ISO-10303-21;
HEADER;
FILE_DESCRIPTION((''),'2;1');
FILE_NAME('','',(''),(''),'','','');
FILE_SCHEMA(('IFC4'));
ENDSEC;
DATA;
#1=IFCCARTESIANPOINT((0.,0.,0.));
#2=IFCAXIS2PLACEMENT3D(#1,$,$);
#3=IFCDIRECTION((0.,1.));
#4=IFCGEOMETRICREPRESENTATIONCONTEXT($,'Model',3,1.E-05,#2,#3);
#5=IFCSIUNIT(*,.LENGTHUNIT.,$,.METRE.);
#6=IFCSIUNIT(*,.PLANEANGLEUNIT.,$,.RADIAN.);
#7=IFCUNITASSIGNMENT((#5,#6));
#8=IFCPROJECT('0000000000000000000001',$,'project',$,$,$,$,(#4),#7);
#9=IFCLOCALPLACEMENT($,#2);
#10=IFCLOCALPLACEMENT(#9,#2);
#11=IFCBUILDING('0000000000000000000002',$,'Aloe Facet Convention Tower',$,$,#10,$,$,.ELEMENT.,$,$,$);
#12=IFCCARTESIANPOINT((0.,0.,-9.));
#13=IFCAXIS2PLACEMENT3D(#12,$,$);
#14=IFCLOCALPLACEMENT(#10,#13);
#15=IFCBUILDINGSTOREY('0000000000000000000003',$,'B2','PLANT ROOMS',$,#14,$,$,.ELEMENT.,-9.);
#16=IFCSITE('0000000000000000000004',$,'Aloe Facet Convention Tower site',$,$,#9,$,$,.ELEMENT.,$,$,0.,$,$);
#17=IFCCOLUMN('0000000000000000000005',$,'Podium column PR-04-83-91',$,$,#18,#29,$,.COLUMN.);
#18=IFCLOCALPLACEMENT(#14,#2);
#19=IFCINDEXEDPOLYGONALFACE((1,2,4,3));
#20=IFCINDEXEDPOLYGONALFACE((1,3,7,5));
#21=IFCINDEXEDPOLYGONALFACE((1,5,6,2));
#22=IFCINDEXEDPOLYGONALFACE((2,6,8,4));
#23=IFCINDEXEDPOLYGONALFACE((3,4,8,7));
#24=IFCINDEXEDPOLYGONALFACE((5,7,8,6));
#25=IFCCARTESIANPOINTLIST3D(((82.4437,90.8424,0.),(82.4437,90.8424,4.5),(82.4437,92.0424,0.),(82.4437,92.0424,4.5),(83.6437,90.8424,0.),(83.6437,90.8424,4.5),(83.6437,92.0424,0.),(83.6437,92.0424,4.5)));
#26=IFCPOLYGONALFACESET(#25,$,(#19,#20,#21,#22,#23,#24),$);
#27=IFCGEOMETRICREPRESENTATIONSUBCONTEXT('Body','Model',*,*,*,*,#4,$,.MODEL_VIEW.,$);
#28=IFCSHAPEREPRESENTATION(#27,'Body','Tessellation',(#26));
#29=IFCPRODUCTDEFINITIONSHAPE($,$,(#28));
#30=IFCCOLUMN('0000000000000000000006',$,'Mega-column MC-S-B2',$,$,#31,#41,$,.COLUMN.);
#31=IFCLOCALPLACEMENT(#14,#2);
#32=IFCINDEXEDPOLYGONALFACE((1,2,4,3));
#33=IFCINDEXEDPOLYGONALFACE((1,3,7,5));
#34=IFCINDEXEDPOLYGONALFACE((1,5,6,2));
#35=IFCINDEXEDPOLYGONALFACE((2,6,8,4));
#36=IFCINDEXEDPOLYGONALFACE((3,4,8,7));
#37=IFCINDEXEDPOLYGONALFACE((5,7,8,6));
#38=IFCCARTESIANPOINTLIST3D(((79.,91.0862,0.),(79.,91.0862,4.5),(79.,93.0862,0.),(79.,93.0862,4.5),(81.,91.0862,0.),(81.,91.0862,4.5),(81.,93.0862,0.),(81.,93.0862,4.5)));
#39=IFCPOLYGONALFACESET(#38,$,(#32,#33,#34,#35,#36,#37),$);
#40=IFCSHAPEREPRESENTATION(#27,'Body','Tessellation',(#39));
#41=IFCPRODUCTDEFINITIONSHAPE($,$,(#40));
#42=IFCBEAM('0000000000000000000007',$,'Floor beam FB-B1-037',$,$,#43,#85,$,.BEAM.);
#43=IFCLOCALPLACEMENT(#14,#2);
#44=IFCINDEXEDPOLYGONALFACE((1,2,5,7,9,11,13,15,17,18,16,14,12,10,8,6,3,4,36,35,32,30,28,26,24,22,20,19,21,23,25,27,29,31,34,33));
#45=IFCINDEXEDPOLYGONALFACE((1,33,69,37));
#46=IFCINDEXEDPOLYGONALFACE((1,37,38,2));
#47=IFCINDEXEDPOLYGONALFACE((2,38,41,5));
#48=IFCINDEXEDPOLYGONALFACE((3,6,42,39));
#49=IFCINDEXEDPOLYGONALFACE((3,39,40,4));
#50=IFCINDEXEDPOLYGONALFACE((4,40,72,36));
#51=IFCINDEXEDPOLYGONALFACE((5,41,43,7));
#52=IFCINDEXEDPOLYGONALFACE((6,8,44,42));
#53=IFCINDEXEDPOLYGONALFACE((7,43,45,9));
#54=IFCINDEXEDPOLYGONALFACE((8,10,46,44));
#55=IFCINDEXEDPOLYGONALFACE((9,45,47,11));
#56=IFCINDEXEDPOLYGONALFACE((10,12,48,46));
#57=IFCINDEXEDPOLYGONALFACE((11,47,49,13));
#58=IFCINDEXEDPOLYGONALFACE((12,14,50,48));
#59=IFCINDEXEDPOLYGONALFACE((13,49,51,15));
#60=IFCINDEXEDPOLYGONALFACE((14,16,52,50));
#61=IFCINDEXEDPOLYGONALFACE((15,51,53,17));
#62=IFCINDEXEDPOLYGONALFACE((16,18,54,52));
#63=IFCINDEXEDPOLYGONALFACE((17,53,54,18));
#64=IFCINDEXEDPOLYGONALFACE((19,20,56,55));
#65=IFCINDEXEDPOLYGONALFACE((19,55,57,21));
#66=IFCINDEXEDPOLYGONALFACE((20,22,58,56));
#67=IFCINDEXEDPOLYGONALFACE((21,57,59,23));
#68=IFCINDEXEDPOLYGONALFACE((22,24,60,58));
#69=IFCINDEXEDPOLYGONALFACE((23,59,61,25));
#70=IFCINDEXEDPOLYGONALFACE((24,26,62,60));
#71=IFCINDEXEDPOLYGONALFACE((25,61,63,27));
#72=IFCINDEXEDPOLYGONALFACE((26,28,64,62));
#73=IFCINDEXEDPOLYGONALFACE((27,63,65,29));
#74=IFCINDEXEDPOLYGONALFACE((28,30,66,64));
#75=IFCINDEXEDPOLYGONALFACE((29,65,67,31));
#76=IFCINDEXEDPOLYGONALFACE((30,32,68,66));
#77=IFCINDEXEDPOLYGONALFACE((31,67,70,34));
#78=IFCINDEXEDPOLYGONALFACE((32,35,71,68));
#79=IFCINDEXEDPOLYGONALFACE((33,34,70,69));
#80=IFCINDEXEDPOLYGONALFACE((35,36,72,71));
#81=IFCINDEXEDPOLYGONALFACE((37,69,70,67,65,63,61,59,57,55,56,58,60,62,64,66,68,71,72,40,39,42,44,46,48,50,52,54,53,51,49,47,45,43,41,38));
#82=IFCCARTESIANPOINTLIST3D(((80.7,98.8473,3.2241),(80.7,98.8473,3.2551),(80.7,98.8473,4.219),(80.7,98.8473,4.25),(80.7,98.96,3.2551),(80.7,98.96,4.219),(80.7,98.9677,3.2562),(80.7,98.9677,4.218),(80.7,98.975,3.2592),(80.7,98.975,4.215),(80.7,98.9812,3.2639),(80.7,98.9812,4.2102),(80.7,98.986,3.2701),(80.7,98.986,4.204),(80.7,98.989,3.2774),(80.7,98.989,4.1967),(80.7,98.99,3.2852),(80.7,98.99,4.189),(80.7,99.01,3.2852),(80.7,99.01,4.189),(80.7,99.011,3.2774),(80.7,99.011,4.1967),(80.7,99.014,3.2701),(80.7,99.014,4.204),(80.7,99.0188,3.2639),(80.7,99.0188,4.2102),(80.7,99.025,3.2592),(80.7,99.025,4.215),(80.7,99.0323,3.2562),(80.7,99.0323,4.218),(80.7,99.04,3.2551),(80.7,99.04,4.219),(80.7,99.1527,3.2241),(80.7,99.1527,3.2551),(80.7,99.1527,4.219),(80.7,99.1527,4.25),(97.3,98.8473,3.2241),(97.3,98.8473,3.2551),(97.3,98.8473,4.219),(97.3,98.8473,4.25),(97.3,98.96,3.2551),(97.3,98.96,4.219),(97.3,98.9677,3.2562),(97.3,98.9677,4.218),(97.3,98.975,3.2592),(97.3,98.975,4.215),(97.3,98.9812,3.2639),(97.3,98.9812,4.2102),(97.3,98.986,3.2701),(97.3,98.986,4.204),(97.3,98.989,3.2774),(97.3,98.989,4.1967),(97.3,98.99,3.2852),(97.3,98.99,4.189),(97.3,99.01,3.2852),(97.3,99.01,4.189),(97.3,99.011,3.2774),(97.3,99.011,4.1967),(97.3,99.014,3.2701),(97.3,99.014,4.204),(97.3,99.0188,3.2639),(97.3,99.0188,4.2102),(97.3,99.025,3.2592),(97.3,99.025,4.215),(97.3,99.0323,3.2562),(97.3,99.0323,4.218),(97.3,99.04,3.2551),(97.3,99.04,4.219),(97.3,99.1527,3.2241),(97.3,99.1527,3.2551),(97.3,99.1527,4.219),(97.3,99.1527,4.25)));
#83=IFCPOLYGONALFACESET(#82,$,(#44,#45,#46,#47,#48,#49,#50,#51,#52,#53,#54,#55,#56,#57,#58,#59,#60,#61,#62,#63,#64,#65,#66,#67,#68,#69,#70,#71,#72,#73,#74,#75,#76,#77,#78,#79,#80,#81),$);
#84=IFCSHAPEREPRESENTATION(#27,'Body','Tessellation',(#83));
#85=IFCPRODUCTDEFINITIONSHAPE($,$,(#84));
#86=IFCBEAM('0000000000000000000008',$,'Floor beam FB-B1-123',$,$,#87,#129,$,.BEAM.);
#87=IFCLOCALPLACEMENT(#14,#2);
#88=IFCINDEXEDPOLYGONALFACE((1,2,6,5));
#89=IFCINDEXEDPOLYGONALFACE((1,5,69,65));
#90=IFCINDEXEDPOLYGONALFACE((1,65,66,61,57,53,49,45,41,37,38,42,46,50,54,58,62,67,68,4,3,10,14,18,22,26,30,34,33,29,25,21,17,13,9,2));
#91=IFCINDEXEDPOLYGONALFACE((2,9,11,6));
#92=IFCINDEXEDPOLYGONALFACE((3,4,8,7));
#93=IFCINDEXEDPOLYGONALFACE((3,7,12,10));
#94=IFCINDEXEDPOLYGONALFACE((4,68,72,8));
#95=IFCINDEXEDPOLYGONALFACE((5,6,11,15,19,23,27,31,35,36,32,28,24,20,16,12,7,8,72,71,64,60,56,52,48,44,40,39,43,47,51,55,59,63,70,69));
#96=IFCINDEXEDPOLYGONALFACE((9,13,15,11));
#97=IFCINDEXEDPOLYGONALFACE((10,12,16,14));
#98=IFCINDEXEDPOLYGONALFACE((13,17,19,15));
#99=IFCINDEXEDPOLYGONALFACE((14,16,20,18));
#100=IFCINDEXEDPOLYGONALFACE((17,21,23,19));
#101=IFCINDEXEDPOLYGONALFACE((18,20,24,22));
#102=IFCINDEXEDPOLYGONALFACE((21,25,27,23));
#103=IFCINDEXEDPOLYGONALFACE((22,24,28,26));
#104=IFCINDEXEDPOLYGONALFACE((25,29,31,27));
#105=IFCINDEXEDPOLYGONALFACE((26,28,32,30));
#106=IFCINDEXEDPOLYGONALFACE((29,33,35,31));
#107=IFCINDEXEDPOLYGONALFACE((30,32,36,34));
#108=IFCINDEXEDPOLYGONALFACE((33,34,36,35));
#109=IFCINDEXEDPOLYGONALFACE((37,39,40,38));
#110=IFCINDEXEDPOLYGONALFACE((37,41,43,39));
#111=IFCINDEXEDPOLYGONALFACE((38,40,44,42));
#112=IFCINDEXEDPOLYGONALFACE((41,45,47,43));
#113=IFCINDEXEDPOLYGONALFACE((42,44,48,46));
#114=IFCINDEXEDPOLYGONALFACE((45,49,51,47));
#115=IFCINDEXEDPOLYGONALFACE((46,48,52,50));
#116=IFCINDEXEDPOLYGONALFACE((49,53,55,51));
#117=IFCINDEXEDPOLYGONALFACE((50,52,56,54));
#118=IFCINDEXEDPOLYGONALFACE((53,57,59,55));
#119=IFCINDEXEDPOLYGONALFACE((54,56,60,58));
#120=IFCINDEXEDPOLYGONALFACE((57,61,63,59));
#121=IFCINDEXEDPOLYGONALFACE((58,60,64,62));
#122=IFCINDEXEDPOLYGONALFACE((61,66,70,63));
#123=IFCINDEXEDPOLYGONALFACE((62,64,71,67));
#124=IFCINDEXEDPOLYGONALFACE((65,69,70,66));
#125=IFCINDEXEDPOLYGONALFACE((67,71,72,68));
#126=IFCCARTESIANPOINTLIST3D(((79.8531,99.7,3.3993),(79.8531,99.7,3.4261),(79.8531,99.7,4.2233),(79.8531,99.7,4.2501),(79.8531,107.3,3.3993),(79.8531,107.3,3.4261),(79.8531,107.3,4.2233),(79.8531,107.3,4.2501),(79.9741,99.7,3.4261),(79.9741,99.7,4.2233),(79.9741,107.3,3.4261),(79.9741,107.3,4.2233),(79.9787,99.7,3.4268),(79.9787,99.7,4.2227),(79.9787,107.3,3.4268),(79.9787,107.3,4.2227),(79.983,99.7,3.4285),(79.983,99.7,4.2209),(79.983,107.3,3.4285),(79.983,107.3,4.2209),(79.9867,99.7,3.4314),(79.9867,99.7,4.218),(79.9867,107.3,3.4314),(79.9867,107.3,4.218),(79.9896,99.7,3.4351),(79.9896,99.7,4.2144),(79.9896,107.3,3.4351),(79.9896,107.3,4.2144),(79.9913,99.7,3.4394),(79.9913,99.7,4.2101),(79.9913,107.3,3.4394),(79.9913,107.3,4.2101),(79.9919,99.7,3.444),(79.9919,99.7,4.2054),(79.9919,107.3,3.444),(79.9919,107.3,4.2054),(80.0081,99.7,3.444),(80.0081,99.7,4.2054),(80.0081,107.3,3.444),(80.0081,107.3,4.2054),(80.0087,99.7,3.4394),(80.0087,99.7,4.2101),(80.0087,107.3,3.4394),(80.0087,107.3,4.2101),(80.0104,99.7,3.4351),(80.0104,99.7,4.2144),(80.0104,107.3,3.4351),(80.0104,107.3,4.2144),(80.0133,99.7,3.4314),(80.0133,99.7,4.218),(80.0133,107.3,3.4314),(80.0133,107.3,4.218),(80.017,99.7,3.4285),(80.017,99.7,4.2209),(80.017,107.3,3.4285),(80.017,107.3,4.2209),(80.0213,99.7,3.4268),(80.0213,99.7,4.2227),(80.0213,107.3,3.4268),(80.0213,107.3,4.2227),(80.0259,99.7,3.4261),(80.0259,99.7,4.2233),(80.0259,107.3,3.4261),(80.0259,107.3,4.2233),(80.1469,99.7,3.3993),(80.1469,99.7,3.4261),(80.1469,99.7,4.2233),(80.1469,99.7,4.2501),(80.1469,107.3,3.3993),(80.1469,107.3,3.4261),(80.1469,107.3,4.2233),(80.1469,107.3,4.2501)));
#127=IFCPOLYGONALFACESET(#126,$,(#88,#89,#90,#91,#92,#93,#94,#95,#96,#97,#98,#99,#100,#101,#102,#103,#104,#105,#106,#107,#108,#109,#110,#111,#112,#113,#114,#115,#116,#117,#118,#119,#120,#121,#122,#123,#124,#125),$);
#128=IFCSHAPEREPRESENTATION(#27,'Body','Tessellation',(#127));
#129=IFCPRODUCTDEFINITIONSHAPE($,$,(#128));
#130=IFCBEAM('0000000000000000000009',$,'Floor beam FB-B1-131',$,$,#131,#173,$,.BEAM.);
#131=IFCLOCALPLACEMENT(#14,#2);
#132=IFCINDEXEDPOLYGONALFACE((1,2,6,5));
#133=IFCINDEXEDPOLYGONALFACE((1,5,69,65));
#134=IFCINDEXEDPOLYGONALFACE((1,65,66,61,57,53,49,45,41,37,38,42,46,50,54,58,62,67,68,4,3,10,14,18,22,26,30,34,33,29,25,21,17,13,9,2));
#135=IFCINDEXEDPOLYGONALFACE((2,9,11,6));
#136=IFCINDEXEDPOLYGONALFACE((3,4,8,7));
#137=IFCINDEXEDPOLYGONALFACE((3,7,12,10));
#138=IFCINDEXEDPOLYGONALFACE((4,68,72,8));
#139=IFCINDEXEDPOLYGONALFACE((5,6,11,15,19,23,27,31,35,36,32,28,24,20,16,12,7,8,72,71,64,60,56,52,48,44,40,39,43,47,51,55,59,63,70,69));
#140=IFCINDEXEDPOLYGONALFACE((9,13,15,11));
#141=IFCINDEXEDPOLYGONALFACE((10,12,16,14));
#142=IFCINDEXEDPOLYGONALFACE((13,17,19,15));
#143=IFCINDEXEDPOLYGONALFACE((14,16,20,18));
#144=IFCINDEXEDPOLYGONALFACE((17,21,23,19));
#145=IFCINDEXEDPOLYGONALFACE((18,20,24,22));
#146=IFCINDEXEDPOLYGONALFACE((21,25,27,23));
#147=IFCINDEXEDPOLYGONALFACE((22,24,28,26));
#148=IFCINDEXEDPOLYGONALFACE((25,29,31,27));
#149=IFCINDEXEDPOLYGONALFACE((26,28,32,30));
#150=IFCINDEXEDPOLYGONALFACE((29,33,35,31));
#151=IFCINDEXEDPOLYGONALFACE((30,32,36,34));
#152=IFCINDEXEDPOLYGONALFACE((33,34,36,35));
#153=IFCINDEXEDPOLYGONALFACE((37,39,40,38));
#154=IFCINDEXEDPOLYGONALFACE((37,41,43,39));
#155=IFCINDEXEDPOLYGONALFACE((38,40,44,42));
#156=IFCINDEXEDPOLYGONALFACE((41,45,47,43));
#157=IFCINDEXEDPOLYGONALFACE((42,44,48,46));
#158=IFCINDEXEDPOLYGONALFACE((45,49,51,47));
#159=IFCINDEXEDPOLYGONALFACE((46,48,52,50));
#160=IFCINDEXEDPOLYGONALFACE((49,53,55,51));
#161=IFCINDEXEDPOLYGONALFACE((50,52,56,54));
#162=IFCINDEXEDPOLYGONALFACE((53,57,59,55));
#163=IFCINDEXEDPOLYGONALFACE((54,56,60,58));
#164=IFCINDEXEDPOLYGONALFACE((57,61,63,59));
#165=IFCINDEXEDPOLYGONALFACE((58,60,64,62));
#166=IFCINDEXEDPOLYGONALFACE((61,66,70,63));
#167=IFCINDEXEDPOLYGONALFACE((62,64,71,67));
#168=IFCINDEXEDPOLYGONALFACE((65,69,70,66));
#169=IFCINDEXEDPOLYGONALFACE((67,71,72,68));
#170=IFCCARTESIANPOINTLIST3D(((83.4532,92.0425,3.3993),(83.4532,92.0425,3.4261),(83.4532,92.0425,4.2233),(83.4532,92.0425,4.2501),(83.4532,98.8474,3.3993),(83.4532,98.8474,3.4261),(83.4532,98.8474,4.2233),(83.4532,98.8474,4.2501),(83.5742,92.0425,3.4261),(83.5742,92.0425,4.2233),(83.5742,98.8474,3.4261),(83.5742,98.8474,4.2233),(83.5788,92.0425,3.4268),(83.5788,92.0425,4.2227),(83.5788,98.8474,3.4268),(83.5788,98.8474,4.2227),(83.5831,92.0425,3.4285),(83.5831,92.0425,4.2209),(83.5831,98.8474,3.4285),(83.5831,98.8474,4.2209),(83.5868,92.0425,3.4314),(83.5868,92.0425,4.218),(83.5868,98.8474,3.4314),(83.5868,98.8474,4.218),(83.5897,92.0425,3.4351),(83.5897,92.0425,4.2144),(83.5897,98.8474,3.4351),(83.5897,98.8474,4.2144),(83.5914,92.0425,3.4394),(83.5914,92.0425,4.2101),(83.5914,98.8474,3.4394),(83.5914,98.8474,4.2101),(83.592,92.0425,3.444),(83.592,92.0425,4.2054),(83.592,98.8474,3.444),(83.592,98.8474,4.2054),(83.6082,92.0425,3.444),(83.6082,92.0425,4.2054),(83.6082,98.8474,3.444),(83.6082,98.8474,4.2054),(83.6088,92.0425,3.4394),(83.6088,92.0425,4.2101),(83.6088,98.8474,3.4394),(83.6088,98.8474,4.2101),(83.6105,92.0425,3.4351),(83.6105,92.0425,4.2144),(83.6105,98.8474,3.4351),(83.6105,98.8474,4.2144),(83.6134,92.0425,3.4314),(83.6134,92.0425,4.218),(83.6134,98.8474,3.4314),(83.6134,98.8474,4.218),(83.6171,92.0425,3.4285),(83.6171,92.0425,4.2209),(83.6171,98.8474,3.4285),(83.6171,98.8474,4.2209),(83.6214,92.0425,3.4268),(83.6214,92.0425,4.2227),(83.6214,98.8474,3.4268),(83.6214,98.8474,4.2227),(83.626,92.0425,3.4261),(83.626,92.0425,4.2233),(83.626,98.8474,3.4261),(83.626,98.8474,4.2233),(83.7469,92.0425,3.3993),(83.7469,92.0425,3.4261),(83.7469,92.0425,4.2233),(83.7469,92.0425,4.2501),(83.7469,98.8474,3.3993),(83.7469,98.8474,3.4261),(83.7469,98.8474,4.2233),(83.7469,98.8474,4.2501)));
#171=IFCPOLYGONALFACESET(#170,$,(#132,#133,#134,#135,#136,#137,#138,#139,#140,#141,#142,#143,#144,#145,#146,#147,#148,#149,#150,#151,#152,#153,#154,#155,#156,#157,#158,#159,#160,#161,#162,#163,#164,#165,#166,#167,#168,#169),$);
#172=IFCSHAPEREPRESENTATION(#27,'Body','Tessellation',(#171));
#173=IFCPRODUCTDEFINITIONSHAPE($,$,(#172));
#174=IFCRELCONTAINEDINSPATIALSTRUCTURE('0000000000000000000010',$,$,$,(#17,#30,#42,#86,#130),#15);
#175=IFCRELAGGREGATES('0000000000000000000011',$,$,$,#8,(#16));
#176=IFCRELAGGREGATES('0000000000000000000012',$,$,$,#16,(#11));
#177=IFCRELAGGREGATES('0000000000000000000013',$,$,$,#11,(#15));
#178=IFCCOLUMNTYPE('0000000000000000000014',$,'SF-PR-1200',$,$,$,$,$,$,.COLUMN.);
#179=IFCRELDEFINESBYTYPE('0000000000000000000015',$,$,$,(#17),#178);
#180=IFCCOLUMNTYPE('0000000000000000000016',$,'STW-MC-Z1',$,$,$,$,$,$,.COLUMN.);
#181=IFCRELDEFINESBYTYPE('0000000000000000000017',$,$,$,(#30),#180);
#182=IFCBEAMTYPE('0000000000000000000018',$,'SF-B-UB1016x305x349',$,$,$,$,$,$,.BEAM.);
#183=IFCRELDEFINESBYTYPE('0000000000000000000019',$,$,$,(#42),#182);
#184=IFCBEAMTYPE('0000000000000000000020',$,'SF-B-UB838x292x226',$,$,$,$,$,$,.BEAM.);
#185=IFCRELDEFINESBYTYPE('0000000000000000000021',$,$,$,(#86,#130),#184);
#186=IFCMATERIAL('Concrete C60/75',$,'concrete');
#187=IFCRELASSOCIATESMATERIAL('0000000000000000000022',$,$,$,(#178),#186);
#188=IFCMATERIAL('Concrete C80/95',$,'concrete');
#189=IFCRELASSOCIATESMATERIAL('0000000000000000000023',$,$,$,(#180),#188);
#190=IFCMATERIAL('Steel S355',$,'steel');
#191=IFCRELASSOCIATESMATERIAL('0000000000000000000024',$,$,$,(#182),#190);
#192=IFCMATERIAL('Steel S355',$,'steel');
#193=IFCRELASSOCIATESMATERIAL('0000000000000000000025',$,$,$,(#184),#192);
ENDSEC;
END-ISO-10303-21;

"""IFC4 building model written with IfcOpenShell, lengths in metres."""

from ifc_helpers import new_model, si_unit, direction, frame, origin, origin_2d, place, context, subcontext, project, spatial, rectangle, i_section, extrude, material, material_profile, profile_set, type_object, element, save


model = new_model("IFC4")

# Units and contexts
model_context = context("Model", 3, precision=1e-05, world=origin(), true_north=direction((0.0, 1.0)))
body_context = subcontext(model_context, "Body", "Model", "MODEL_VIEW")
ifc_project = project(units=[si_unit("LENGTHUNIT", "METRE"), si_unit("PLANEANGLEUNIT", "RADIAN")], contexts=[model_context])

# Site, building, storey
site_placement = place(None, origin())
site = spatial("IfcSite", under=ifc_project, at=site_placement, Name="Aloe Facet Convention Tower site", CompositionType="ELEMENT", RefElevation=0.0)
building_placement = place(site_placement, origin())
building = spatial("IfcBuilding", under=site, at=building_placement, Name="Aloe Facet Convention Tower", CompositionType="ELEMENT")
storey_placement = place(building_placement, frame((0.0, 0.0, -9.0)))
storey = spatial("IfcBuildingStorey", under=building, at=storey_placement, Name="B2", Description="PLANT ROOMS", CompositionType="ELEMENT", Elevation=-9.0)

# Columns
ifc_material_1 = material(Name="Concrete C60/75", Category="concrete")
ifc_material_profile_1 = material_profile(ifc_material_1, rectangle(XDim=1.2, YDim=1.2, at=origin_2d()), Name="SF-PR-1200")
ifc_profile_set_1 = profile_set([ifc_material_profile_1], Name="Concrete C60/75")
column_type_1 = type_object("IfcColumnType", Name="SF-PR-1200", PredefinedType="COLUMN", material=ifc_profile_set_1)
column_1_placement = place(storey_placement, frame((83.0437, 91.4424, 0.0), z_axis=(0.0, 0.0, 1.0), x_axis=(1.0, 0.0, 0.0)))
element("IfcColumn", 1, at=column_1_placement, inside=storey, type_object=column_type_1, Name="Podium column PR-04-83-91", PredefinedType="COLUMN", context=body_context, shape_type="SweptSolid", body=[
    extrude(rectangle(XDim=1.2, YDim=1.2, at=origin_2d()), origin(), (0.0, 0.0, 1.0), 4.5),
])
ifc_material_2 = material(Name="Concrete C80/95", Category="concrete")
ifc_material_profile_2 = material_profile(ifc_material_2, rectangle(XDim=2.0, YDim=2.0, at=origin_2d()), Name="STW-MC-Z1")
ifc_profile_set_2 = profile_set([ifc_material_profile_2], Name="Concrete C80/95")
column_type_2 = type_object("IfcColumnType", Name="STW-MC-Z1", PredefinedType="COLUMN", material=ifc_profile_set_2)
column_2_placement = place(storey_placement, frame((80.0, 92.0862, 0.0), z_axis=(0.0, 0.0, 1.0), x_axis=(1.0, 0.0, 0.0)))
element("IfcColumn", 2, at=column_2_placement, inside=storey, type_object=column_type_2, Name="Mega-column MC-S-B2", PredefinedType="COLUMN", context=body_context, shape_type="SweptSolid", body=[
    extrude(rectangle(XDim=2.0, YDim=2.0, at=origin_2d()), origin(), (0.0, 0.0, 1.0), 4.5),
])

# Beams
ifc_material_3 = material(Name="Steel S355", Category="steel")
ifc_material_profile_3 = material_profile(ifc_material_3, i_section(OverallWidth=0.3054, OverallDepth=1.0259, WebThickness=0.02, FlangeThickness=0.031, FilletRadius=0.03, at=origin_2d()), Name="UB 1016x305x349")
ifc_profile_set_3 = profile_set([ifc_material_profile_3], Name="Steel S355")
beam_type_1 = type_object("IfcBeamType", Name="SF-B-UB1016x305x349", PredefinedType="BEAM", material=ifc_profile_set_3)
beam_1_placement = place(storey_placement, frame((80.7, 99.0, 3.7371), z_axis=(1.0, 0.0, 0.0), x_axis=(0.0, 1.0, 0.0)))
element("IfcBeam", 3, at=beam_1_placement, inside=storey, type_object=beam_type_1, Name="Floor beam FB-B1-037", PredefinedType="BEAM", context=body_context, shape_type="SweptSolid", body=[
    extrude(i_section(OverallWidth=0.3054, OverallDepth=1.0259, WebThickness=0.02, FlangeThickness=0.031, FilletRadius=0.03, at=origin_2d()), origin(), (0.0, 0.0, 1.0), 16.6001),
])
ifc_material_4 = material(Name="Steel S355", Category="steel")
ifc_material_profile_4 = material_profile(ifc_material_4, i_section(OverallWidth=0.2937, OverallDepth=0.8508, WebThickness=0.0161, FlangeThickness=0.0269, FilletRadius=0.0178, at=origin_2d()), Name="UB 838x292x226")
ifc_profile_set_4 = profile_set([ifc_material_profile_4], Name="Steel S355")
beam_type_2 = type_object("IfcBeamType", Name="SF-B-UB838x292x226", PredefinedType="BEAM", material=ifc_profile_set_4)
beam_2_placement = place(storey_placement, frame((80.0, 99.7, 3.8247), z_axis=(0.0, 1.0, 0.0), x_axis=(-1.0, 0.0, 0.0)))
element("IfcBeam", 4, at=beam_2_placement, inside=storey, type_object=beam_type_2, Name="Floor beam FB-B1-123", PredefinedType="BEAM", context=body_context, shape_type="SweptSolid", body=[
    extrude(i_section(OverallWidth=0.2937, OverallDepth=0.8508, WebThickness=0.0161, FlangeThickness=0.0269, FilletRadius=0.0178, at=origin_2d()), origin(), (0.0, 0.0, 1.0), 7.6001),
])
beam_3_placement = place(storey_placement, frame((83.6001, 92.0425, 3.8247), z_axis=(0.0, 1.0, 0.0), x_axis=(-1.0, 0.0, 0.0)))
element("IfcBeam", 5, at=beam_3_placement, inside=storey, type_object=beam_type_2, Name="Floor beam FB-B1-131", PredefinedType="BEAM", context=body_context, shape_type="SweptSolid", body=[
    extrude(i_section(OverallWidth=0.2937, OverallDepth=0.8508, WebThickness=0.0161, FlangeThickness=0.0269, FilletRadius=0.0178, at=origin_2d()), origin(), (0.0, 0.0, 1.0), 6.8049),
])

save(model, "model.ifc")
